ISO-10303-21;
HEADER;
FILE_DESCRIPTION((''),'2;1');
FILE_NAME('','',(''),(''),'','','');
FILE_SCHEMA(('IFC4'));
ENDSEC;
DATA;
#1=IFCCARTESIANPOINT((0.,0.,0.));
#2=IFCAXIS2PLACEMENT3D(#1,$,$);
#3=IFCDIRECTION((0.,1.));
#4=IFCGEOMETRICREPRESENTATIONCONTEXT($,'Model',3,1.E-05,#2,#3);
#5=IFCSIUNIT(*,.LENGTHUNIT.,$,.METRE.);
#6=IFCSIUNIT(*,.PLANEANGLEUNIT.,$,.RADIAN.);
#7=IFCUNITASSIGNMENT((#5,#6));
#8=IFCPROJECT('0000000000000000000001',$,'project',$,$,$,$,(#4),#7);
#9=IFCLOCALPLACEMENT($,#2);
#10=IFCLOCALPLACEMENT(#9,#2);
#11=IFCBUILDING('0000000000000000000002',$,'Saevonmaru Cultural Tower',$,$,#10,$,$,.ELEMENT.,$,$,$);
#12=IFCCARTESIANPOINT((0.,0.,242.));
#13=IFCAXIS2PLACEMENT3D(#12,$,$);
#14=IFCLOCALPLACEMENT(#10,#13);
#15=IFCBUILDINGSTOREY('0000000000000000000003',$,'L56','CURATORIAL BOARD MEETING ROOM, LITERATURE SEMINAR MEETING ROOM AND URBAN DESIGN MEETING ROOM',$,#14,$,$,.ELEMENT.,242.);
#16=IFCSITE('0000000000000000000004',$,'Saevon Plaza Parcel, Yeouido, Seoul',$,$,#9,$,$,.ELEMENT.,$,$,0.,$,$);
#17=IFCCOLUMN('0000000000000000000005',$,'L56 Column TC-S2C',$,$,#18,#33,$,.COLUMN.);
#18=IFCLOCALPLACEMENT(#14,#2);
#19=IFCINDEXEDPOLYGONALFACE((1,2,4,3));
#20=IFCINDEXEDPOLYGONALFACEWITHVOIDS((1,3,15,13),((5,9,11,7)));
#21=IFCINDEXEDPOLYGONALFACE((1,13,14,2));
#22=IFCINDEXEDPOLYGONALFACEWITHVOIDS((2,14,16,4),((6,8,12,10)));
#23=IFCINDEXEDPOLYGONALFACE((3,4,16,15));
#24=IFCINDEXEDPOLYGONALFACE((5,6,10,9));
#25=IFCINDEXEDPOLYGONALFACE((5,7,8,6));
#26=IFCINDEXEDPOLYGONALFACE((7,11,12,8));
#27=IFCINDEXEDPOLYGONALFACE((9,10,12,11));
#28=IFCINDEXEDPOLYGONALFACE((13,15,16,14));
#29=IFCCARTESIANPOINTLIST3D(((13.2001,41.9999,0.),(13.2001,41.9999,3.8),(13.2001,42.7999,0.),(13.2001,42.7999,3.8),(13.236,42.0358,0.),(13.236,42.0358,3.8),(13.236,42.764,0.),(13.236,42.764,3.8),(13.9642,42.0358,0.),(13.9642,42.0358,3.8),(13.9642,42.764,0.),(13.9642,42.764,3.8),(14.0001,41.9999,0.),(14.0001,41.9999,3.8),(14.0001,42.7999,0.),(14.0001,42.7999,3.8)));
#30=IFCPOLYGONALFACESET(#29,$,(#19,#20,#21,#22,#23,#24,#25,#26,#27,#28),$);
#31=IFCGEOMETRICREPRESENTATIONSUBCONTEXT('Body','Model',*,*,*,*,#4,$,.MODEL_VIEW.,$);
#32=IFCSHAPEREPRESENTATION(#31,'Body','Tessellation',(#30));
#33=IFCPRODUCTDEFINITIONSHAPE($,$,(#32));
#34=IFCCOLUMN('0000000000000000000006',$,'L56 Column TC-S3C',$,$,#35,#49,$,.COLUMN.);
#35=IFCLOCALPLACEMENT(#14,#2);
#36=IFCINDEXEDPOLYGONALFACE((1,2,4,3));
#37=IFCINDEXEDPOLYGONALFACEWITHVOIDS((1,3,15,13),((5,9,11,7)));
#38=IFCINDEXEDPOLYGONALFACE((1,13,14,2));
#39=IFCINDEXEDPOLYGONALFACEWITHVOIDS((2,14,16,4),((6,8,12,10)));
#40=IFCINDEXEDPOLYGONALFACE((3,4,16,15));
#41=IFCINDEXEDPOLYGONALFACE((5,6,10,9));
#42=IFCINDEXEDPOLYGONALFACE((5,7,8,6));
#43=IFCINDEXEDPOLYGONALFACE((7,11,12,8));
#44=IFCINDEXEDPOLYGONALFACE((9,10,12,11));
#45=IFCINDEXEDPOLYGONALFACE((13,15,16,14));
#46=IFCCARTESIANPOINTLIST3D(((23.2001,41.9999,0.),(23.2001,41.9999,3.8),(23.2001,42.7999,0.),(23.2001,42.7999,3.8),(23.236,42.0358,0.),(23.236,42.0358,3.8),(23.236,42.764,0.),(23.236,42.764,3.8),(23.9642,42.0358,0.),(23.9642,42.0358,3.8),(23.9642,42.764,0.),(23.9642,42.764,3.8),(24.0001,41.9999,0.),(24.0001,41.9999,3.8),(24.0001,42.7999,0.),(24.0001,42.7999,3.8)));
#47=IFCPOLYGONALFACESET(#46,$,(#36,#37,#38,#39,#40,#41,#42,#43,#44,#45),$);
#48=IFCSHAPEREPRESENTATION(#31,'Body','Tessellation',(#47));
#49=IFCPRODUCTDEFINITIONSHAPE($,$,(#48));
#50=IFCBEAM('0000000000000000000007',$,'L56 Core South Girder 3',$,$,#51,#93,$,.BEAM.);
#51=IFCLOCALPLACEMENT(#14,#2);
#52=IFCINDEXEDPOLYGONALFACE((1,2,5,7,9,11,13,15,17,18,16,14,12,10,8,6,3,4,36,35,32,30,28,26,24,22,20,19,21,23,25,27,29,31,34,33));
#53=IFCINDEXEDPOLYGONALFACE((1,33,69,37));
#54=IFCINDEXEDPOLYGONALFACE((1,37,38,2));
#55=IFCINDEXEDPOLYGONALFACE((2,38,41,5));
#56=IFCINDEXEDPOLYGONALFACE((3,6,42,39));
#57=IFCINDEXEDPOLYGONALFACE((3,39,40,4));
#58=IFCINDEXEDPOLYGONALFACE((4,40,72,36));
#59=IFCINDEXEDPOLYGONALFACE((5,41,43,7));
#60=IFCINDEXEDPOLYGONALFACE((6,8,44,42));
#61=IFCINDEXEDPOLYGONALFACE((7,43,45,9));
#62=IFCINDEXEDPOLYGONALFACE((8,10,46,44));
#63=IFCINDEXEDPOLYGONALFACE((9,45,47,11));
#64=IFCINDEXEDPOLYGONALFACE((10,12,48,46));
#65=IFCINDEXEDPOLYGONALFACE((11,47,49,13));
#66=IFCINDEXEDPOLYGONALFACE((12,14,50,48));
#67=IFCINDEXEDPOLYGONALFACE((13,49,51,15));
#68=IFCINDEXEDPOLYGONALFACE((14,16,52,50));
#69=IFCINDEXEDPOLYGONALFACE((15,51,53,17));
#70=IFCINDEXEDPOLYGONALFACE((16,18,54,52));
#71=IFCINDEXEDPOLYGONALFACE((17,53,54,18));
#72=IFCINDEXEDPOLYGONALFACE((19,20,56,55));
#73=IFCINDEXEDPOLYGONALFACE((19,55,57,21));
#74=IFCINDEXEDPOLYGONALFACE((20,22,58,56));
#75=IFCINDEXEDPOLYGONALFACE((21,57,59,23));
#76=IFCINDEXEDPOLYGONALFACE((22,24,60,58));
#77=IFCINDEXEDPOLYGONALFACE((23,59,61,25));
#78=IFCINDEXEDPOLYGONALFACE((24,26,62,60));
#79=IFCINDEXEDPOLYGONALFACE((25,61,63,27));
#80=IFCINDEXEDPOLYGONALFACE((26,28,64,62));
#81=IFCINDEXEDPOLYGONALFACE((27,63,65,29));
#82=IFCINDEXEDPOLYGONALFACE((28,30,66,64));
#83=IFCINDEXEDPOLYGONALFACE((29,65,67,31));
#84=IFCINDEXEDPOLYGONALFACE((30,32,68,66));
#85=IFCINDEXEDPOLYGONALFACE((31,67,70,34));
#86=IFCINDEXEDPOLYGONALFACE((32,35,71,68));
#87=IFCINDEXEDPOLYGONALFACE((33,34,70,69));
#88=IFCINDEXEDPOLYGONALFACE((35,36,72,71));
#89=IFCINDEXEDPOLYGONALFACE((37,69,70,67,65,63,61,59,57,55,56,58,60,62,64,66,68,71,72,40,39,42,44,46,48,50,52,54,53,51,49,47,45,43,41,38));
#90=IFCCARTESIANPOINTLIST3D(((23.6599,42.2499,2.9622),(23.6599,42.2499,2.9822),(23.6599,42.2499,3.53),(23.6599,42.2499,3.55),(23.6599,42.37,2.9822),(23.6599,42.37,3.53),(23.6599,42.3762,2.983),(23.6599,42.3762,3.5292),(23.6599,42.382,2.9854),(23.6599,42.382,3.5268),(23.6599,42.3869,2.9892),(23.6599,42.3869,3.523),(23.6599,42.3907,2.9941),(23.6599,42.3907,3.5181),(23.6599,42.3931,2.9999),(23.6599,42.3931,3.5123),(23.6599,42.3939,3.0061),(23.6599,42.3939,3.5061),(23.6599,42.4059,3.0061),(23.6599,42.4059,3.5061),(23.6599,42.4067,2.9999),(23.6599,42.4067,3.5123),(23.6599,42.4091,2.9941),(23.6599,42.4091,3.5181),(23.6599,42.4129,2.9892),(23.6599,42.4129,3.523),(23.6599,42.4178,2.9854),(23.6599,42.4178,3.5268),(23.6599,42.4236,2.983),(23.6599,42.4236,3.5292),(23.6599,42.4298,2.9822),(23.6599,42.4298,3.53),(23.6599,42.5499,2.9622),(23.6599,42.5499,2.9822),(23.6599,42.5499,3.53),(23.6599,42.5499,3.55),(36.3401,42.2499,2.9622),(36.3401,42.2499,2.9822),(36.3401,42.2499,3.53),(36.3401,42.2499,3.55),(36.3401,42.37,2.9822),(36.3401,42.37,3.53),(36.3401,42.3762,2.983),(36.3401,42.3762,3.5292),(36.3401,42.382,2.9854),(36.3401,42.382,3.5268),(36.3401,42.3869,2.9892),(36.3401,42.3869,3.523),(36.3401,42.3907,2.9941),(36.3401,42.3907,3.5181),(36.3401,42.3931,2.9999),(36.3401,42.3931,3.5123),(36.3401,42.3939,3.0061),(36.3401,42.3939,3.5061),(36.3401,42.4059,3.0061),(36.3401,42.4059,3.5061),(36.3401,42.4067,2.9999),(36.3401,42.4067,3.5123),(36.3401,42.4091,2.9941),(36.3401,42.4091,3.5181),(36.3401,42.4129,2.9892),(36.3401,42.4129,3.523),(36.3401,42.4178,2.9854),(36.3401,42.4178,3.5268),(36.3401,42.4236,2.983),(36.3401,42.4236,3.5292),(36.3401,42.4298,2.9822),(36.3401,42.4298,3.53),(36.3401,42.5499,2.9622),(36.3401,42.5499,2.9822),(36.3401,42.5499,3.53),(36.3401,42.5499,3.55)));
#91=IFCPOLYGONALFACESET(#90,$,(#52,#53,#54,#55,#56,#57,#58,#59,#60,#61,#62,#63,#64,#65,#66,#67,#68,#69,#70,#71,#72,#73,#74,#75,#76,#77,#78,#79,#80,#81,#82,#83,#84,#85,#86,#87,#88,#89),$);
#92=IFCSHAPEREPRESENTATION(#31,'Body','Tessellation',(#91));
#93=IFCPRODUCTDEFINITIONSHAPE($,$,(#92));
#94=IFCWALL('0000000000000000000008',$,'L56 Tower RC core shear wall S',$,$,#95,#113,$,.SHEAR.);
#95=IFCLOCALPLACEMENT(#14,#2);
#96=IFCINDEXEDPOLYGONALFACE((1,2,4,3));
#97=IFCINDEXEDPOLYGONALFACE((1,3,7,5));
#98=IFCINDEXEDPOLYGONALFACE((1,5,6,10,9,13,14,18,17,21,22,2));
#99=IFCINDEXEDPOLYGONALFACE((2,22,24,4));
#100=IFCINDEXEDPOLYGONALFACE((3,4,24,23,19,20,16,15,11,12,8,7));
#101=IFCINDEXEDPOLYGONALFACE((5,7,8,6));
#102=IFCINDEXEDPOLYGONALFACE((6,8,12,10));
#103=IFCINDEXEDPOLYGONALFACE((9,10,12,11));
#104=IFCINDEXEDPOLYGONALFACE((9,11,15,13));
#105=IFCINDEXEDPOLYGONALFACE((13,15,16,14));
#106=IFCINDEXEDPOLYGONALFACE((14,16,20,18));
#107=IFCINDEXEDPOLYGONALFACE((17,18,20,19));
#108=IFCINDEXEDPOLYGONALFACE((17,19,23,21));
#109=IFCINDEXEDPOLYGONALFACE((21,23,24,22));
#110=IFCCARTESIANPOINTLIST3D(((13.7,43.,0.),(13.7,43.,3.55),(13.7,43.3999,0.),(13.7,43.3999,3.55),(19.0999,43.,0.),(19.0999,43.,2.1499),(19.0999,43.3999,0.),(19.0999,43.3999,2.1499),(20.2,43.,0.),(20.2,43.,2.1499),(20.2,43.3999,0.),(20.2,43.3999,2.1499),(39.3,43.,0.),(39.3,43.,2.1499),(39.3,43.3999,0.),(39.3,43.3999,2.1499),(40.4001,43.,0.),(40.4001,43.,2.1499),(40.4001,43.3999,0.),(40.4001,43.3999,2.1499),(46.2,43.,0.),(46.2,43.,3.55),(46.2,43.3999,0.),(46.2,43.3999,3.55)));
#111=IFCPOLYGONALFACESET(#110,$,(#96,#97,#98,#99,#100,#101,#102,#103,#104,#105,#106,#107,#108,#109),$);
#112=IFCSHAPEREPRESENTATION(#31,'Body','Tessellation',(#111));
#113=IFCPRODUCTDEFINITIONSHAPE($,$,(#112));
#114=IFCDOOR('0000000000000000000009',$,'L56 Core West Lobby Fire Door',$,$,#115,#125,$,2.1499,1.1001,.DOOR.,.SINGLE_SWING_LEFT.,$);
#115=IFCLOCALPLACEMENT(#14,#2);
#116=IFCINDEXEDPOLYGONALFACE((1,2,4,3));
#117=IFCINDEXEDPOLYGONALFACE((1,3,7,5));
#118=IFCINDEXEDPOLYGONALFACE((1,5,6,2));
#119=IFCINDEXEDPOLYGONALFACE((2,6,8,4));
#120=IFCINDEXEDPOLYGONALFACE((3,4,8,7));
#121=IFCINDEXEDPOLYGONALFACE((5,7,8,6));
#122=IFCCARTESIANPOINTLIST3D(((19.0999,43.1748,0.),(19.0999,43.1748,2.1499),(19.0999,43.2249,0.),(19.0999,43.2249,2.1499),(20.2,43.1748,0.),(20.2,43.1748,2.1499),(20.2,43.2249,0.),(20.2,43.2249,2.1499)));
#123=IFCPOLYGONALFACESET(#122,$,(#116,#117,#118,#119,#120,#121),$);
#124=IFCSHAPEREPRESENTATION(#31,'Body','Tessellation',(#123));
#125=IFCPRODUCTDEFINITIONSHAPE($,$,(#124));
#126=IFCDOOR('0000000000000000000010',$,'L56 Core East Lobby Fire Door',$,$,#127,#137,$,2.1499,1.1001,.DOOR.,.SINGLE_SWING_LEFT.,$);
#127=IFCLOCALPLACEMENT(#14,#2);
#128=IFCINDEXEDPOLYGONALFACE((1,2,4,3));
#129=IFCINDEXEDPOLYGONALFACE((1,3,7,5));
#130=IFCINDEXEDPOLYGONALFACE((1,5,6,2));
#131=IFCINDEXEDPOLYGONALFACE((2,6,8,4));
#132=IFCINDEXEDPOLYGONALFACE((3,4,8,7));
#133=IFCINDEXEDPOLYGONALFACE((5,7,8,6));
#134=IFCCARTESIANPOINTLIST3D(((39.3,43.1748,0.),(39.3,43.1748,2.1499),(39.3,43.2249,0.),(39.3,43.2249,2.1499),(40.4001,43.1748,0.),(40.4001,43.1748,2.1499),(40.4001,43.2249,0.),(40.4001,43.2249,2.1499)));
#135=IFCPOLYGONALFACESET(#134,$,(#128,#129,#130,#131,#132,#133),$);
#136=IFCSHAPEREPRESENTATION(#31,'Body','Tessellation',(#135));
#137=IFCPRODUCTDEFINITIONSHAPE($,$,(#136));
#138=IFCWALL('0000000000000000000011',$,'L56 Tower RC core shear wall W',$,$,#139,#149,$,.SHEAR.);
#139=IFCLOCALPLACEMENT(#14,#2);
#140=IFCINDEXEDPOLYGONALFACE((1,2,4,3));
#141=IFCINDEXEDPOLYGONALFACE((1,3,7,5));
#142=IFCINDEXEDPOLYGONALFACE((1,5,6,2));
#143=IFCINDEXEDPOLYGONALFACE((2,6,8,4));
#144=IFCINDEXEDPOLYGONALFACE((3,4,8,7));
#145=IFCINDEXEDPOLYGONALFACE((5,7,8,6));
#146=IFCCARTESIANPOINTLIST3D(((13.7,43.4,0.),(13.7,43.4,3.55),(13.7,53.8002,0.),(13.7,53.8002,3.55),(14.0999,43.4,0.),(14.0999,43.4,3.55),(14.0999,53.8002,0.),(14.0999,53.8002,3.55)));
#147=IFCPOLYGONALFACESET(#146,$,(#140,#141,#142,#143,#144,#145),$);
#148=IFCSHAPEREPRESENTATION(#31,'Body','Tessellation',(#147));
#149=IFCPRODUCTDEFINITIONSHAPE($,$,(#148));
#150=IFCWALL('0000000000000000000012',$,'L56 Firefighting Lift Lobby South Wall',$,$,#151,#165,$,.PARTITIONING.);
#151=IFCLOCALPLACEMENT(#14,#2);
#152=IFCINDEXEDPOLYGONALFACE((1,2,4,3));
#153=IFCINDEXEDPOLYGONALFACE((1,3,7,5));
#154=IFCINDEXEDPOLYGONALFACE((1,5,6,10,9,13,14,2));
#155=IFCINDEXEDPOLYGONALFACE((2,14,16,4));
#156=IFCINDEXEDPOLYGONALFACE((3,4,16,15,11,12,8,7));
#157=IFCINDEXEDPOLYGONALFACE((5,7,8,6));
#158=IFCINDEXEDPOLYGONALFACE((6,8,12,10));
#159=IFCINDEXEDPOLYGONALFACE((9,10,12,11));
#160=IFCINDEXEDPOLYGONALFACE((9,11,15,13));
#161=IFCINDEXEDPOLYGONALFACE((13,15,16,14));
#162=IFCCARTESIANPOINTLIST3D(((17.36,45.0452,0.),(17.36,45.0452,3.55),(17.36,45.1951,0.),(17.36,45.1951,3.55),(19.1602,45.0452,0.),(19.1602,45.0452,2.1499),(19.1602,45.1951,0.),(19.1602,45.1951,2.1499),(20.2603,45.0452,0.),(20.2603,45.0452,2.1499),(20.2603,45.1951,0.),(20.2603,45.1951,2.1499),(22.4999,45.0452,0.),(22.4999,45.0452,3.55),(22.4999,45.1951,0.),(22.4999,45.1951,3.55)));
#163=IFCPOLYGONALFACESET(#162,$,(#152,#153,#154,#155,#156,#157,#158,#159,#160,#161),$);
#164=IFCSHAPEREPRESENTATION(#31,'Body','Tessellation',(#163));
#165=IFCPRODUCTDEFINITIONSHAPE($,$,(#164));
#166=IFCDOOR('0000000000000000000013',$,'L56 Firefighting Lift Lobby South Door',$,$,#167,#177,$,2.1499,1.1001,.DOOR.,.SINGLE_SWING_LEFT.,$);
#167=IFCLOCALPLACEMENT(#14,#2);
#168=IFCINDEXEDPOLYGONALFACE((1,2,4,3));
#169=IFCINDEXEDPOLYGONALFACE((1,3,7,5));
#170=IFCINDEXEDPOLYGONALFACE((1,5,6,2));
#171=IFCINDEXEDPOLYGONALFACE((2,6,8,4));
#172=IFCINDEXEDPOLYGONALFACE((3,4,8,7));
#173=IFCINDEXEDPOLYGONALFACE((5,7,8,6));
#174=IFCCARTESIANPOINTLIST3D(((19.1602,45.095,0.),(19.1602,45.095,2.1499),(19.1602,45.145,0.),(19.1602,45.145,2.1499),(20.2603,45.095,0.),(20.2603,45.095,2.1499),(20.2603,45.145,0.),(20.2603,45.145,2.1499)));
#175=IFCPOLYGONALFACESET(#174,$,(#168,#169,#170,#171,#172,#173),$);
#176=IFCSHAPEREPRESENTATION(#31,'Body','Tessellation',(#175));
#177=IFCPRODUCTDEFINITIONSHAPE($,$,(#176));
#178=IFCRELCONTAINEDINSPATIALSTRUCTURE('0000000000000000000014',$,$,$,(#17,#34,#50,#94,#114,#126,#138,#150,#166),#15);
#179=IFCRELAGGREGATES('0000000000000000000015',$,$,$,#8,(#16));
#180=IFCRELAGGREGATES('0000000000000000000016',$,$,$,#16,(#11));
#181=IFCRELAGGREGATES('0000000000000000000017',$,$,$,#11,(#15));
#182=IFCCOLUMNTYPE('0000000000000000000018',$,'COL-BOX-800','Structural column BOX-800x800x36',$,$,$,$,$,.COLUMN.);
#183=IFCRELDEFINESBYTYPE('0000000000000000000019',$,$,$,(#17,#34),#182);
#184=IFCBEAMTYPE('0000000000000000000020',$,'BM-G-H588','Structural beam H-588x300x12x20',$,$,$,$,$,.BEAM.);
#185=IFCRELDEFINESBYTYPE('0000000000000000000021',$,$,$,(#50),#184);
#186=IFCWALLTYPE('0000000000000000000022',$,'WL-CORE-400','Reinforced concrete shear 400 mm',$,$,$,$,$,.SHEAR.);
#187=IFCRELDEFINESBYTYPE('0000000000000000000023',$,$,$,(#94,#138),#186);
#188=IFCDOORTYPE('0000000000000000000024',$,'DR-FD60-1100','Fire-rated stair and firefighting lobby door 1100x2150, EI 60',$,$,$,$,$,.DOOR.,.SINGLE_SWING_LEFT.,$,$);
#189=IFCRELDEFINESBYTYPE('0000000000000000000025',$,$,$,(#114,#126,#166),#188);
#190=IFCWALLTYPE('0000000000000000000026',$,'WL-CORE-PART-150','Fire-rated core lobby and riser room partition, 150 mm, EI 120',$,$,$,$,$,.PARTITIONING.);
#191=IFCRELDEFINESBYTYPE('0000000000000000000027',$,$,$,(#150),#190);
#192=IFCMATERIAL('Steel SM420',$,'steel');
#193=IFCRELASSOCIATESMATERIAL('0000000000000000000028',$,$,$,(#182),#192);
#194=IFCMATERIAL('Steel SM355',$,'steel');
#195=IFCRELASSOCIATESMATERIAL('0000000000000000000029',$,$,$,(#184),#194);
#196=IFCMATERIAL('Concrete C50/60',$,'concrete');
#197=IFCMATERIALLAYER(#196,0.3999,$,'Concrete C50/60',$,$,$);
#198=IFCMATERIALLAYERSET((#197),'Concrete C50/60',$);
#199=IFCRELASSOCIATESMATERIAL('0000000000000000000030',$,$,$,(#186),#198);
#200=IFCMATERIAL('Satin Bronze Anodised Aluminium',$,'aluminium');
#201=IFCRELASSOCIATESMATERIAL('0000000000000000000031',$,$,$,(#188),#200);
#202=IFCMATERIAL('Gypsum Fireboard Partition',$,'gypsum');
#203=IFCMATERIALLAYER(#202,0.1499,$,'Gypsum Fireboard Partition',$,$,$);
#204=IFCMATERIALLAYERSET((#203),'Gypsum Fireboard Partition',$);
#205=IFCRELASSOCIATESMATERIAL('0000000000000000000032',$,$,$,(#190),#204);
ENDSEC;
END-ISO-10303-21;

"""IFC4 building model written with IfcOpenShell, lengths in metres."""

from ifc_helpers import new_model, si_unit, direction, frame, frame_2d, origin, origin_2d, place, context, subcontext, project, spatial, rectangle, hollow_rectangle, i_section, extrude, material, layer, layer_set, material_profile, profile_set, type_object, element, fill, save


model = new_model("IFC4")

# Units and contexts
model_context = context("Model", 3, precision=1e-05, world=origin(), true_north=direction((0.0, 1.0)))
body_context = subcontext(model_context, "Body", "Model", "MODEL_VIEW")
ifc_project = project(units=[si_unit("LENGTHUNIT", "METRE"), si_unit("PLANEANGLEUNIT", "RADIAN")], contexts=[model_context])

# Site, building, storey
site_placement = place(None, origin())
site = spatial("IfcSite", under=ifc_project, at=site_placement, Name="Saevon Plaza Parcel, Yeouido, Seoul", CompositionType="ELEMENT", RefElevation=0.0)
building_placement = place(site_placement, origin())
building = spatial("IfcBuilding", under=site, at=building_placement, Name="Saevonmaru Cultural Tower", CompositionType="ELEMENT")
storey_placement = place(building_placement, frame((0.0, 0.0, 242.0)))
storey = spatial("IfcBuildingStorey", under=building, at=storey_placement, Name="L56", Description="CURATORIAL BOARD MEETING ROOM, LITERATURE SEMINAR MEETING ROOM AND URBAN DESIGN MEETING ROOM", CompositionType="ELEMENT", Elevation=242.0)

# Columns
ifc_material_1 = material(Name="Steel SM420", Category="steel")
ifc_material_profile_1 = material_profile(ifc_material_1, hollow_rectangle(XDim=0.8, YDim=0.8, WallThickness=0.0359, at=origin_2d()), Name="BOX-800x800x36")
ifc_profile_set_1 = profile_set([ifc_material_profile_1], Name="Steel SM420")
column_type = type_object("IfcColumnType", Name="COL-BOX-800", Description="Structural column BOX-800x800x36", PredefinedType="COLUMN", material=ifc_profile_set_1)
for number, where, z_axis, x_axis, name in (
    (1, (13.6001, 42.3999, 0.0), (0.0, 0.0, 1.0), (1.0, 0.0, 0.0), "L56 Column TC-S2C"),
    (2, (23.6001, 42.3999, 0.0), (0.0, 0.0, 1.0), (1.0, 0.0, 0.0), "L56 Column TC-S3C"),
):
    element("IfcColumn", number, at=place(storey_placement, frame(where, z_axis=z_axis, x_axis=x_axis)), inside=storey, type_object=column_type, Name=name, PredefinedType="COLUMN", context=body_context, shape_type="SweptSolid", body=[
        extrude(hollow_rectangle(XDim=0.8, YDim=0.8, WallThickness=0.0359, at=origin_2d()), origin(), (0.0, 0.0, 1.0), 3.8),
    ])

# Beam
ifc_material_2 = material(Name="Steel SM355", Category="steel")
ifc_material_profile_2 = material_profile(ifc_material_2, i_section(OverallWidth=0.3, OverallDepth=0.5879, WebThickness=0.012, FlangeThickness=0.02, FilletRadius=0.0239, at=origin_2d()), Name="H-588x300x12x20")
ifc_profile_set_2 = profile_set([ifc_material_profile_2], Name="Steel SM355")
beam_type = type_object("IfcBeamType", Name="BM-G-H588", Description="Structural beam H-588x300x12x20", PredefinedType="BEAM", material=ifc_profile_set_2)
beam_placement = place(storey_placement, frame((23.6599, 42.3999, 3.2561), z_axis=(1.0, 0.0, 0.0), x_axis=(0.0, 1.0, 0.0)))
element("IfcBeam", 3, at=beam_placement, inside=storey, type_object=beam_type, Name="L56 Core South Girder 3", PredefinedType="BEAM", context=body_context, shape_type="SweptSolid", body=[
    extrude(i_section(OverallWidth=0.3, OverallDepth=0.5879, WebThickness=0.012, FlangeThickness=0.02, FilletRadius=0.0239, at=origin_2d()), origin(), (0.0, 0.0, 1.0), 12.6802),
])

# Wall, openings, doors
ifc_material_3 = material(Name="Concrete C50/60", Category="concrete")
ifc_layer_1 = layer(ifc_material_3, 0.3999, Name="Concrete C50/60")
ifc_layer_set_1 = layer_set([ifc_layer_1], Name="Concrete C50/60")
wall_type_1 = type_object("IfcWallType", Name="WL-CORE-400", Description="Reinforced concrete shear 400 mm", PredefinedType="SHEAR", material=ifc_layer_set_1)
wall_1_placement = place(storey_placement, frame((13.7, 43.2, 0.0), z_axis=(0.0, 0.0, 1.0), x_axis=(1.0, 0.0, 0.0)))
wall_1 = element("IfcWall", 4, at=wall_1_placement, inside=storey, type_object=wall_type_1, Name="L56 Tower RC core shear wall S", PredefinedType="SHEAR", context=body_context, shape_type="SweptSolid", body=[
    extrude(rectangle(XDim=32.5, YDim=0.3999, at=frame_2d((16.25, 0.0))), origin(), (0.0, 0.0, 1.0), 3.55),
])
opening_1_placement = place(wall_1_placement, frame((5.3999, 0.0, 0.0)))
opening_1 = element("IfcOpeningElement", 5, at=opening_1_placement, cuts=wall_1, PredefinedType="OPENING", context=body_context, shape_type="SweptSolid", body=[
    extrude(rectangle(XDim=1.1001, YDim=2.1499, at=frame_2d((0.55, 1.075))), frame((0.0, 0.21, 0.0), z_axis=(0.0, -1.0, 0.0), x_axis=(1.0, 0.0, 0.0)), (0.0, 0.0, 1.0), 0.4199),
])
opening_2_placement = place(wall_1_placement, frame((25.6001, 0.0, 0.0)))
opening_2 = element("IfcOpeningElement", 6, at=opening_2_placement, cuts=wall_1, PredefinedType="OPENING", context=body_context, shape_type="SweptSolid", body=[
    extrude(rectangle(XDim=1.1001, YDim=2.1499, at=frame_2d((0.55, 1.075))), frame((0.0, 0.21, 0.0), z_axis=(0.0, -1.0, 0.0), x_axis=(1.0, 0.0, 0.0)), (0.0, 0.0, 1.0), 0.4199),
])
ifc_material_4 = material(Name="Satin Bronze Anodised Aluminium", Category="aluminium")
door_type_1 = type_object("IfcDoorType", Name="DR-FD60-1100", Description="Fire-rated stair and firefighting lobby door 1100x2150, EI 60", OperationType="SINGLE_SWING_LEFT", PredefinedType="DOOR", material=ifc_material_4)
door_1_placement = place(opening_1_placement, origin())
door_1 = element("IfcDoor", 7, at=door_1_placement, inside=storey, type_object=door_type_1, Name="L56 Core West Lobby Fire Door", OperationType="SINGLE_SWING_LEFT", OverallHeight=2.1499, OverallWidth=1.1001, PredefinedType="DOOR", context=body_context, shape_type="SweptSolid", body=[
    extrude(rectangle(XDim=1.1001, YDim=2.1499, at=frame_2d((0.55, 1.075))), frame((0.0, 0.0249, 0.0), z_axis=(0.0, -1.0, 0.0), x_axis=(1.0, 0.0, 0.0)), (0.0, 0.0, 1.0), 0.05),
])
fill(opening_1, door_1)
door_2_placement = place(opening_2_placement, origin())
door_2 = element("IfcDoor", 8, at=door_2_placement, inside=storey, type_object=door_type_1, Name="L56 Core East Lobby Fire Door", OperationType="SINGLE_SWING_LEFT", OverallHeight=2.1499, OverallWidth=1.1001, PredefinedType="DOOR", context=body_context, shape_type="SweptSolid", body=[
    extrude(rectangle(XDim=1.1001, YDim=2.1499, at=frame_2d((0.55, 1.075))), frame((0.0, 0.0249, 0.0), z_axis=(0.0, -1.0, 0.0), x_axis=(1.0, 0.0, 0.0)), (0.0, 0.0, 1.0), 0.05),
])
fill(opening_2, door_2)

# Wall
wall_2_placement = place(storey_placement, frame((13.8999, 43.3999, 0.0), z_axis=(0.0, 0.0, 1.0), x_axis=(0.0, 1.0, 0.0)))
element("IfcWall", 9, at=wall_2_placement, inside=storey, type_object=wall_type_1, Name="L56 Tower RC core shear wall W", PredefinedType="SHEAR", context=body_context, shape_type="SweptSolid", body=[
    extrude(rectangle(XDim=10.4001, YDim=0.3999, at=frame_2d((5.2002, 0.0))), origin(), (0.0, 0.0, 1.0), 3.55),
])

# Wall, opening, door
ifc_material_5 = material(Name="Gypsum Fireboard Partition", Category="gypsum")
ifc_layer_2 = layer(ifc_material_5, 0.1499, Name="Gypsum Fireboard Partition")
ifc_layer_set_2 = layer_set([ifc_layer_2], Name="Gypsum Fireboard Partition")
wall_type_2 = type_object("IfcWallType", Name="WL-CORE-PART-150", Description="Fire-rated core lobby and riser room partition, 150 mm, EI 120", PredefinedType="PARTITIONING", material=ifc_layer_set_2)
wall_3_placement = place(storey_placement, frame((17.3601, 45.1201, 0.0), z_axis=(0.0, 0.0, 1.0), x_axis=(1.0, 0.0, 0.0)))
wall_3 = element("IfcWall", 10, at=wall_3_placement, inside=storey, type_object=wall_type_2, Name="L56 Firefighting Lift Lobby South Wall", PredefinedType="PARTITIONING", context=body_context, shape_type="SweptSolid", body=[
    extrude(rectangle(XDim=5.1399, YDim=0.1499, at=frame_2d((2.5698, 0.0))), origin(), (0.0, 0.0, 1.0), 3.55),
])
opening_3_placement = place(wall_3_placement, frame((1.8, 0.0, 0.0)))
opening_3 = element("IfcOpeningElement", 11, at=opening_3_placement, cuts=wall_3, PredefinedType="OPENING", context=body_context, shape_type="SweptSolid", body=[
    extrude(rectangle(XDim=1.1001, YDim=2.1499, at=frame_2d((0.55, 1.075))), frame((0.0, 0.085, 0.0), z_axis=(0.0, -1.0, 0.0), x_axis=(1.0, 0.0, 0.0)), (0.0, 0.0, 1.0), 0.1699),
])
door_3_placement = place(opening_3_placement, origin())
door_3 = element("IfcDoor", 12, at=door_3_placement, inside=storey, type_object=door_type_1, Name="L56 Firefighting Lift Lobby South Door", OperationType="SINGLE_SWING_LEFT", OverallHeight=2.1499, OverallWidth=1.1001, PredefinedType="DOOR", context=body_context, shape_type="SweptSolid", body=[
    extrude(rectangle(XDim=1.1001, YDim=2.1499, at=frame_2d((0.55, 1.075))), frame((0.0, 0.0249, 0.0), z_axis=(0.0, -1.0, 0.0), x_axis=(1.0, 0.0, 0.0)), (0.0, 0.0, 1.0), 0.05),
])
fill(opening_3, door_3)

save(model, "model.ifc")
